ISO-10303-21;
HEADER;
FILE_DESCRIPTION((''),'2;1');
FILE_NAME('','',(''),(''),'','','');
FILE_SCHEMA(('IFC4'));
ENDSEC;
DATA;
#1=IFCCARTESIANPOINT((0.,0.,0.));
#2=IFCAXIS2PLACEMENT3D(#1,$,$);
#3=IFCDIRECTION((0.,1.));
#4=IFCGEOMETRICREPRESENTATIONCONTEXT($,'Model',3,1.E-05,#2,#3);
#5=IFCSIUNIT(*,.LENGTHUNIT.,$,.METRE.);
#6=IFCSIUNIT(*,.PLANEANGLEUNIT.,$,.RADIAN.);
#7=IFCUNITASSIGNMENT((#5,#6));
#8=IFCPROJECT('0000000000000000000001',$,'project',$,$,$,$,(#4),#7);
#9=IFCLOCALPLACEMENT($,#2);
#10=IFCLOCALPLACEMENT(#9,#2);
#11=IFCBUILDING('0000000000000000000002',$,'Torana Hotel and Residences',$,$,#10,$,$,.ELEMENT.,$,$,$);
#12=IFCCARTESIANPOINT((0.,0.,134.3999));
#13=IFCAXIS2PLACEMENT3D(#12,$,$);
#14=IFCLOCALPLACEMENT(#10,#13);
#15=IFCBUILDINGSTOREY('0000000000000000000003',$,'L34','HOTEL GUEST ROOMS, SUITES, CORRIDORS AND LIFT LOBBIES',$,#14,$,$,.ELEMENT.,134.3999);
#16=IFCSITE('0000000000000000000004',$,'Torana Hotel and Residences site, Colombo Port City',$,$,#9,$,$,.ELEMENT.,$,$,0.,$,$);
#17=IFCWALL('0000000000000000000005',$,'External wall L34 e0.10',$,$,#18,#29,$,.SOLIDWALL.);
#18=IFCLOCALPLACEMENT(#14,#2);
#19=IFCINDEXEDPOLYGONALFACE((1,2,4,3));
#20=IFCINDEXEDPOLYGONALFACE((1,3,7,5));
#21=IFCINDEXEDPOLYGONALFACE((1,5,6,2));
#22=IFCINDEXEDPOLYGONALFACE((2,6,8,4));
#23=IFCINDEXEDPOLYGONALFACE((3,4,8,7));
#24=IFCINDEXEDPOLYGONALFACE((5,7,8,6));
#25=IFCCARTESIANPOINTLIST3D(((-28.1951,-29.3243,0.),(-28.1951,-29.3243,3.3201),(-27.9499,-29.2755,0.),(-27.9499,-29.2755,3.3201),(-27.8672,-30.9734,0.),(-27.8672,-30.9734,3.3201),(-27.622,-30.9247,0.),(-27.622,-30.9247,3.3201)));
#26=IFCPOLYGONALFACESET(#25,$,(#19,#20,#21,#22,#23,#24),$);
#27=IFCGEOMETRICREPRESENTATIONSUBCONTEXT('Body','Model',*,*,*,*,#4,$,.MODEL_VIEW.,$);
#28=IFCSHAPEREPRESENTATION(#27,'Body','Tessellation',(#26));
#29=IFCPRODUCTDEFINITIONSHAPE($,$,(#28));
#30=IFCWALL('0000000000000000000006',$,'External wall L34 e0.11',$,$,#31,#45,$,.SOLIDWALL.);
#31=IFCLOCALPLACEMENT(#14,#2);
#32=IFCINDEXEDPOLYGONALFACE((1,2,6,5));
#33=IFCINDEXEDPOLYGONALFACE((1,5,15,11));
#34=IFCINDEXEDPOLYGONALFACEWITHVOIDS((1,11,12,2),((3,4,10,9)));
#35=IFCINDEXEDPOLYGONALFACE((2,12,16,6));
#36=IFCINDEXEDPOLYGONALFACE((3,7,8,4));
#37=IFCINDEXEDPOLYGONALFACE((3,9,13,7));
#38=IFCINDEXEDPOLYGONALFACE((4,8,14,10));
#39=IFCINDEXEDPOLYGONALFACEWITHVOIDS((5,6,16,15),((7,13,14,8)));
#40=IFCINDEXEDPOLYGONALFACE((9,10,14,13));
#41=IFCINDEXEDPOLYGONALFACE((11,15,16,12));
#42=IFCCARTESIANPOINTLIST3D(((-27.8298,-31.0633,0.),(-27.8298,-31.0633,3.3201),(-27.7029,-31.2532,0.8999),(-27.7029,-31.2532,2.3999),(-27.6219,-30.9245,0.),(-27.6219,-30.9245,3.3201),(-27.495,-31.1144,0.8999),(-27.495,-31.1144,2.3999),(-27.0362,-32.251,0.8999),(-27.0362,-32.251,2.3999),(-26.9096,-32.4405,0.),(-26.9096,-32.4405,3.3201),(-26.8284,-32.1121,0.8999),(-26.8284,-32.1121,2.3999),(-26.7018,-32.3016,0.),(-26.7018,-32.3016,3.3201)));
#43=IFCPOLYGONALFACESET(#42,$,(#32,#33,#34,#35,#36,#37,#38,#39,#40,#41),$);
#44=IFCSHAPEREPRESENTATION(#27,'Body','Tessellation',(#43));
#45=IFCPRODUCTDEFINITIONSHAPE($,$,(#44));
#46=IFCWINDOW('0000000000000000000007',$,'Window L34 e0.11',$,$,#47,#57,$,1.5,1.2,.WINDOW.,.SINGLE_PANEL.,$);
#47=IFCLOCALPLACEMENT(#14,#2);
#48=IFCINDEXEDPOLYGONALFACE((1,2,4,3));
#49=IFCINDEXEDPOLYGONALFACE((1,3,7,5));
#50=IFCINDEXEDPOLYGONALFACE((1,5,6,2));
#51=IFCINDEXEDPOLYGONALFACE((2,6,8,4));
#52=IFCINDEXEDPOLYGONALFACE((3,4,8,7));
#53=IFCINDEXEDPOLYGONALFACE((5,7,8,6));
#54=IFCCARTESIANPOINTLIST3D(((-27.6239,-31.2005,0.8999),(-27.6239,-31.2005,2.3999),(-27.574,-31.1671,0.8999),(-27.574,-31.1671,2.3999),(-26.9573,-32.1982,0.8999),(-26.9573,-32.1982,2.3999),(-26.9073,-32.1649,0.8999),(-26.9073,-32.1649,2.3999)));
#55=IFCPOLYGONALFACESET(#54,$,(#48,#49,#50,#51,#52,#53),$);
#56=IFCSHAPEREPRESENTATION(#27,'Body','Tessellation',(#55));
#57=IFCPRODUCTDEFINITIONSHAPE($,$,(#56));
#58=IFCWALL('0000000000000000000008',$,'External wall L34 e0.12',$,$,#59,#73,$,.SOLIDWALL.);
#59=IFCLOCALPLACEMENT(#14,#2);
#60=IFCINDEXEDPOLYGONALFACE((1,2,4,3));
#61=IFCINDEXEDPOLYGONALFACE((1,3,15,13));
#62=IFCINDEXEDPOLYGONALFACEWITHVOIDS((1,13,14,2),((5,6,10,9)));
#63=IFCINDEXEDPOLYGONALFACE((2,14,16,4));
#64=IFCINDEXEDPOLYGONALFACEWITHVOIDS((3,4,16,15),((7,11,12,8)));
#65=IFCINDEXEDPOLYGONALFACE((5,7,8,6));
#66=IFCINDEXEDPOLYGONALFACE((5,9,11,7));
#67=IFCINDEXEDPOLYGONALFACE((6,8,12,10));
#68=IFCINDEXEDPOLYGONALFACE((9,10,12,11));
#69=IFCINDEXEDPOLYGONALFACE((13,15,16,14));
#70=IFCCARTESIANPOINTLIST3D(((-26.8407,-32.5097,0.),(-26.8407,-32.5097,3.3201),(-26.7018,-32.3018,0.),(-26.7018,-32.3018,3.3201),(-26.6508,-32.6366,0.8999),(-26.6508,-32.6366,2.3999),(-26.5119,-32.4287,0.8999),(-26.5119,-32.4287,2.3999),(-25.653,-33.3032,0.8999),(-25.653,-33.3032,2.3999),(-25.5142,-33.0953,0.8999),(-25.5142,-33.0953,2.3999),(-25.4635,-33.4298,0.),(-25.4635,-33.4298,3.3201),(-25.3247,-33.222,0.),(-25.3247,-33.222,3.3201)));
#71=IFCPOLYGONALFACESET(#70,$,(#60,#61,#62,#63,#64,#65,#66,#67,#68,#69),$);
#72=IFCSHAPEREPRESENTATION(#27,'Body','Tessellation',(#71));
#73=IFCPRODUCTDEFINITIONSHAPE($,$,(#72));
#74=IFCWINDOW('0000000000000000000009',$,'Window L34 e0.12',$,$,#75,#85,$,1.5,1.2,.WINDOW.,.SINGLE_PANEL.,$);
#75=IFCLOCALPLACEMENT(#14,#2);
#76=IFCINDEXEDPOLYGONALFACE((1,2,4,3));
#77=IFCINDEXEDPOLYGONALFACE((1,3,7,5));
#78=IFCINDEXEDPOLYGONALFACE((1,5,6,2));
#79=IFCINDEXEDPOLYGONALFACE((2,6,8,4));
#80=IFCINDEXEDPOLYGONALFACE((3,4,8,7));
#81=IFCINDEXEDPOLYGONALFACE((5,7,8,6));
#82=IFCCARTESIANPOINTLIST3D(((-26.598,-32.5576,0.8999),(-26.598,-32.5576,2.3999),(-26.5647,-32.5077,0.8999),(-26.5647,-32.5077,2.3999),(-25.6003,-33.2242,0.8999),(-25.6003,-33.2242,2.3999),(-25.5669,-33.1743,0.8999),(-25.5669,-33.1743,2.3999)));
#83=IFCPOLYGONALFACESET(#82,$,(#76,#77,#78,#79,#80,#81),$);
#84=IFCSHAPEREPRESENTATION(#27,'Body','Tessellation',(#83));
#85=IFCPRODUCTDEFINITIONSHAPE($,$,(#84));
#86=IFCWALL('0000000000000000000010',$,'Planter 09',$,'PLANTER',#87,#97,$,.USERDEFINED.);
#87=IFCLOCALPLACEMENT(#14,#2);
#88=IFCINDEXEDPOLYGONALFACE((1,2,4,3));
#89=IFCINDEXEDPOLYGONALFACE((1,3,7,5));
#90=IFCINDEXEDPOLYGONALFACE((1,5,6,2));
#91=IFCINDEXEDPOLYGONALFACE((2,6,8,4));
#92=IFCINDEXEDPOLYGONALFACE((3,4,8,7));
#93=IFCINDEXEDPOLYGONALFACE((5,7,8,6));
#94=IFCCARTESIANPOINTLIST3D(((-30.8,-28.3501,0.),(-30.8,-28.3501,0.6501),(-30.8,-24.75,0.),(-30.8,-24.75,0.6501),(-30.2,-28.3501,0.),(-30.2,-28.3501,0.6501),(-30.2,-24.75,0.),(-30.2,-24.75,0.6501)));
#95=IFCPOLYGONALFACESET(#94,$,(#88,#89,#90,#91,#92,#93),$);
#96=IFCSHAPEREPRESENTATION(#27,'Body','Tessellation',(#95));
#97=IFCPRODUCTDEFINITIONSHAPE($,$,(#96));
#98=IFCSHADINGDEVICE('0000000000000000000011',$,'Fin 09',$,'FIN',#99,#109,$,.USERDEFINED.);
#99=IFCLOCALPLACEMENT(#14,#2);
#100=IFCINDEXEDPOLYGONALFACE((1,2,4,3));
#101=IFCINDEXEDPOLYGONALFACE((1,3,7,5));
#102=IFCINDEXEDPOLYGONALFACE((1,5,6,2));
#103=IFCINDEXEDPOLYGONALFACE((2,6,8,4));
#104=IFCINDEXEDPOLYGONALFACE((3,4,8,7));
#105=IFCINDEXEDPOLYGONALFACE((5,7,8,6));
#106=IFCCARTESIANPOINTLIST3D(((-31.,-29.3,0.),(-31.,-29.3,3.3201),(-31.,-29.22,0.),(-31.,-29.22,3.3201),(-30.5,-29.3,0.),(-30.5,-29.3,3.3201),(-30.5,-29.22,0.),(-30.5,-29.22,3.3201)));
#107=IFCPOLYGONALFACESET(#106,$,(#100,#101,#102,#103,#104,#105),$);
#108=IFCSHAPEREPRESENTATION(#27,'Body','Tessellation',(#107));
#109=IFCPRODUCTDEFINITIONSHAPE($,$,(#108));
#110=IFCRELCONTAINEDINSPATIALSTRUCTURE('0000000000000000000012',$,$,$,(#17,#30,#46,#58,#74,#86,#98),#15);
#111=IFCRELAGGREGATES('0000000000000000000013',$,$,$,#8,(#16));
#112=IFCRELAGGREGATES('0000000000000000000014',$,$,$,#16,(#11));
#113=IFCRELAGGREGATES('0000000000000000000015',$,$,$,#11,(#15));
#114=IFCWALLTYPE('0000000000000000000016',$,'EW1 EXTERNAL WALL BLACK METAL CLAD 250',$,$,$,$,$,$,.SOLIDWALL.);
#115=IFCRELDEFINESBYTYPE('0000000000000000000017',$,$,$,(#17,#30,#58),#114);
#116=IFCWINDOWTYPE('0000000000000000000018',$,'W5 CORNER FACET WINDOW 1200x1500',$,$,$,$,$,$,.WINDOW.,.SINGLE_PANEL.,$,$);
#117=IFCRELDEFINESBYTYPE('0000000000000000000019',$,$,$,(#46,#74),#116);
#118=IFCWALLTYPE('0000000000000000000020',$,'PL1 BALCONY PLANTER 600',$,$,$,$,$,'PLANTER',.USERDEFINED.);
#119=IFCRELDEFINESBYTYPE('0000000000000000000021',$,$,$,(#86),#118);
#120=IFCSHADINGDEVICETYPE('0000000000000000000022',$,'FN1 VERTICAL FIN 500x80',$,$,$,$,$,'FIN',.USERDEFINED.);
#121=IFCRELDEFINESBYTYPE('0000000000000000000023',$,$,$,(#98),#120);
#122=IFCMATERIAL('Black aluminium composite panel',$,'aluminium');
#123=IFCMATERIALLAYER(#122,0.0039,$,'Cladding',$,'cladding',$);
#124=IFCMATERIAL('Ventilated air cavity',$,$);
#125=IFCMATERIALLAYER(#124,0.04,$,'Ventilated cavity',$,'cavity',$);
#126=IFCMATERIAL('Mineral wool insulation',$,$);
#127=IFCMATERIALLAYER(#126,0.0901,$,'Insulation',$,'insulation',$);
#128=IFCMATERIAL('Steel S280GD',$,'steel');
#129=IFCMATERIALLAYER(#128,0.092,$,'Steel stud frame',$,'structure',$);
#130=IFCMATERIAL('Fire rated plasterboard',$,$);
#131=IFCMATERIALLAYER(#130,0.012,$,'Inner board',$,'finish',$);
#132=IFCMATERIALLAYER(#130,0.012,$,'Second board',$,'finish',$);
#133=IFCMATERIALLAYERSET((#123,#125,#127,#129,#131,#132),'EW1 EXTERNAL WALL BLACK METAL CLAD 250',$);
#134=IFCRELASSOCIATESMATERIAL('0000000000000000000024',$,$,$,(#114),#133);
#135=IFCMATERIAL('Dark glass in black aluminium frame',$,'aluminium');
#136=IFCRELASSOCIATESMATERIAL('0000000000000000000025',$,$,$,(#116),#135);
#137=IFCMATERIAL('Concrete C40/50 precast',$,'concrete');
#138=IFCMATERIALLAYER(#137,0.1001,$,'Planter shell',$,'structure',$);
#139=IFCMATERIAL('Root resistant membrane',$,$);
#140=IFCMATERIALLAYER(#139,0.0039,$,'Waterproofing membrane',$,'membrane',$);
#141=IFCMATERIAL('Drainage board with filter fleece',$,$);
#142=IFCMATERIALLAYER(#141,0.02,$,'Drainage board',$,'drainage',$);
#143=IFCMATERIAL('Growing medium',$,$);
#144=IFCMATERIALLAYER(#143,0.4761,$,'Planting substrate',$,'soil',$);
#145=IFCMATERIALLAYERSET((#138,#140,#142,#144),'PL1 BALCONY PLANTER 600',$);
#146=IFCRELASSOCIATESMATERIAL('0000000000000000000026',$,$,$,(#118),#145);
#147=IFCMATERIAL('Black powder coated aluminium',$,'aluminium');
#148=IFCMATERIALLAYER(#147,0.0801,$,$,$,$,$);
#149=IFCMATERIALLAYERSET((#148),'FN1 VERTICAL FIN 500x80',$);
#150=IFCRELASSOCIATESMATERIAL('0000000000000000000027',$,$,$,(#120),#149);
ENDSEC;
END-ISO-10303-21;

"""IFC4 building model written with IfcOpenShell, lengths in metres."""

from ifc_helpers import new_model, si_unit, direction, frame, frame_2d, origin, origin_2d, place, context, subcontext, project, spatial, rectangle, extrude, material, layer, layer_set, type_object, element, fill, save


model = new_model("IFC4")

# Units and contexts
model_context = context("Model", 3, precision=1e-05, world=origin(), true_north=direction((0.0, 1.0)))
body_context = subcontext(model_context, "Body", "Model", "MODEL_VIEW")
ifc_project = project(units=[si_unit("LENGTHUNIT", "METRE"), si_unit("PLANEANGLEUNIT", "RADIAN")], contexts=[model_context])

# Site, building, storey
site_placement = place(None, origin())
site = spatial("IfcSite", under=ifc_project, at=site_placement, Name="Torana Hotel and Residences site, Colombo Port City", CompositionType="ELEMENT", RefElevation=0.0)
building_placement = place(site_placement, origin())
building = spatial("IfcBuilding", under=site, at=building_placement, Name="Torana Hotel and Residences", CompositionType="ELEMENT")
storey_placement = place(building_placement, frame((0.0, 0.0, 134.3999)))
storey = spatial("IfcBuildingStorey", under=building, at=storey_placement, Name="L34", Description="HOTEL GUEST ROOMS, SUITES, CORRIDORS AND LIFT LOBBIES", CompositionType="ELEMENT", Elevation=134.3999)

# Wall
ifc_material_1 = material(Name="Black aluminium composite panel", Category="aluminium")
ifc_layer_1 = layer(ifc_material_1, 0.0039, Name="Cladding", Category="cladding")
ifc_material_2 = material(Name="Ventilated air cavity")
ifc_layer_2 = layer(ifc_material_2, 0.04, Name="Ventilated cavity", Category="cavity")
ifc_material_3 = material(Name="Mineral wool insulation")
ifc_layer_3 = layer(ifc_material_3, 0.0901, Name="Insulation", Category="insulation")
ifc_material_4 = material(Name="Steel S280GD", Category="steel")
ifc_layer_4 = layer(ifc_material_4, 0.092, Name="Steel stud frame", Category="structure")
ifc_material_5 = material(Name="Fire rated plasterboard")
ifc_layer_5 = layer(ifc_material_5, 0.012, Name="Inner board", Category="finish")
ifc_layer_6 = layer(ifc_material_5, 0.012, Name="Second board", Category="finish")
ifc_layer_set_1 = layer_set([ifc_layer_1, ifc_layer_2, ifc_layer_3, ifc_layer_4, ifc_layer_5, ifc_layer_6], Name="EW1 EXTERNAL WALL BLACK METAL CLAD 250")
wall_type_1 = type_object("IfcWallType", Name="EW1 EXTERNAL WALL BLACK METAL CLAD 250", PredefinedType="SOLIDWALL", material=ifc_layer_set_1)
wall_1_placement = place(storey_placement, frame((-28.0725, -29.2998, 0.0), z_axis=(0.0, 0.0, 1.0), x_axis=(0.194999, -0.980803, 0.0)))
element("IfcWall", 1, at=wall_1_placement, inside=storey, type_object=wall_type_1, Name="External wall L34 e0.10", PredefinedType="SOLIDWALL", context=body_context, shape_type="SweptSolid", body=[
    extrude(rectangle(XDim=1.6814, YDim=0.25, at=frame_2d((0.8408, 0.0))), origin(), (0.0, 0.0, 1.0), 3.3201),
])

# Walls, openings, windows
wall_2_placement = place(storey_placement, frame((-27.7258, -30.9939, 0.0), z_axis=(0.0, 0.0, 1.0), x_axis=(0.55555, -0.831483, 0.0)))
wall_2 = element("IfcWall", 2, at=wall_2_placement, inside=storey, type_object=wall_type_1, Name="External wall L34 e0.11", PredefinedType="SOLIDWALL", context=body_context, shape_type="SweptSolid", body=[
    extrude(rectangle(XDim=1.6562, YDim=0.25, at=frame_2d((0.8281, 0.0))), origin(), (0.0, 0.0, 1.0), 3.3201),
])
opening_1_placement = place(wall_2_placement, frame((0.2283, 0.0, 0.8999)))
opening_1 = element("IfcOpeningElement", 3, at=opening_1_placement, cuts=wall_2, PredefinedType="OPENING", context=body_context, shape_type="SweptSolid", body=[
    extrude(rectangle(XDim=1.2, YDim=1.5, at=frame_2d((0.6001, 0.75))), frame((0.0, 0.135, 0.0), z_axis=(0.0, -1.0, 0.0), x_axis=(1.0, 0.0, 0.0)), (0.0, 0.0, 1.0), 0.27),
])
ifc_material_6 = material(Name="Dark glass in black aluminium frame", Category="aluminium")
window_type = type_object("IfcWindowType", Name="W5 CORNER FACET WINDOW 1200x1500", PartitioningType="SINGLE_PANEL", PredefinedType="WINDOW", material=ifc_material_6)
window_1_placement = place(opening_1_placement, origin())
window_1 = element("IfcWindow", 4, at=window_1_placement, inside=storey, type_object=window_type, Name="Window L34 e0.11", OverallHeight=1.5, OverallWidth=1.2, PartitioningType="SINGLE_PANEL", PredefinedType="WINDOW", context=body_context, shape_type="SweptSolid", body=[
    extrude(rectangle(XDim=1.2, YDim=1.5, at=frame_2d((0.6001, 0.75))), frame((0.0, 0.03, 0.0), z_axis=(0.0, -1.0, 0.0), x_axis=(1.0, 0.0, 0.0)), (0.0, 0.0, 1.0), 0.0601),
])
fill(opening_1, window_1)
wall_3_placement = place(storey_placement, frame((-26.7712, -32.4058, 0.0), z_axis=(0.0, 0.0, 1.0), x_axis=(0.831483, -0.55555, 0.0)))
wall_3 = element("IfcWall", 5, at=wall_3_placement, inside=storey, type_object=wall_type_1, Name="External wall L34 e0.12", PredefinedType="SOLIDWALL", context=body_context, shape_type="SweptSolid", body=[
    extrude(rectangle(XDim=1.6562, YDim=0.25, at=frame_2d((0.8281, 0.0))), origin(), (0.0, 0.0, 1.0), 3.3201),
])
opening_2_placement = place(wall_3_placement, frame((0.2283, 0.0, 0.8999)))
opening_2 = element("IfcOpeningElement", 6, at=opening_2_placement, cuts=wall_3, PredefinedType="OPENING", context=body_context, shape_type="SweptSolid", body=[
    extrude(rectangle(XDim=1.2, YDim=1.5, at=frame_2d((0.6001, 0.75))), frame((0.0, 0.135, 0.0), z_axis=(0.0, -1.0, 0.0), x_axis=(1.0, 0.0, 0.0)), (0.0, 0.0, 1.0), 0.27),
])
window_2_placement = place(opening_2_placement, origin())
window_2 = element("IfcWindow", 7, at=window_2_placement, inside=storey, type_object=window_type, Name="Window L34 e0.12", OverallHeight=1.5, OverallWidth=1.2, PartitioningType="SINGLE_PANEL", PredefinedType="WINDOW", context=body_context, shape_type="SweptSolid", body=[
    extrude(rectangle(XDim=1.2, YDim=1.5, at=frame_2d((0.6001, 0.75))), frame((0.0, 0.03, 0.0), z_axis=(0.0, -1.0, 0.0), x_axis=(1.0, 0.0, 0.0)), (0.0, 0.0, 1.0), 0.0601),
])
fill(opening_2, window_2)

# Wall
ifc_material_7 = material(Name="Concrete C40/50 precast", Category="concrete")
ifc_layer_7 = layer(ifc_material_7, 0.1001, Name="Planter shell", Category="structure")
ifc_material_8 = material(Name="Root resistant membrane")
ifc_layer_8 = layer(ifc_material_8, 0.0039, Name="Waterproofing membrane", Category="membrane")
ifc_material_9 = material(Name="Drainage board with filter fleece")
ifc_layer_9 = layer(ifc_material_9, 0.02, Name="Drainage board", Category="drainage")
ifc_material_10 = material(Name="Growing medium")
ifc_layer_10 = layer(ifc_material_10, 0.4761, Name="Planting substrate", Category="soil")
ifc_layer_set_2 = layer_set([ifc_layer_7, ifc_layer_8, ifc_layer_9, ifc_layer_10], Name="PL1 BALCONY PLANTER 600")
wall_type_2 = type_object("IfcWallType", Name="PL1 BALCONY PLANTER 600", ElementType="PLANTER", PredefinedType="USERDEFINED", material=ifc_layer_set_2)
wall_4_placement = place(storey_placement, frame((-30.5, -28.3501, 0.0), z_axis=(0.0, 0.0, 1.0), x_axis=(0.0, 1.0, 0.0)))
element("IfcWall", 8, at=wall_4_placement, inside=storey, type_object=wall_type_2, Name="Planter 09", ObjectType="PLANTER", PredefinedType="USERDEFINED", context=body_context, shape_type="SweptSolid", body=[
    extrude(rectangle(XDim=3.6001, YDim=0.6001, at=frame_2d((1.8, 0.0))), origin(), (0.0, 0.0, 1.0), 0.6501),
])

# Shading device
ifc_material_11 = material(Name="Black powder coated aluminium", Category="aluminium")
ifc_layer_11 = layer(ifc_material_11, 0.0801)
ifc_layer_set_3 = layer_set([ifc_layer_11], Name="FN1 VERTICAL FIN 500x80")
shading_device_type = type_object("IfcShadingDeviceType", Name="FN1 VERTICAL FIN 500x80", ElementType="FIN", PredefinedType="USERDEFINED", material=ifc_layer_set_3)
shading_device_placement = place(storey_placement, frame((-30.75, -29.26, 0.0), z_axis=(0.0, 0.0, 1.0), x_axis=(0.0, 1.0, 0.0)))
element("IfcShadingDevice", 9, at=shading_device_placement, inside=storey, type_object=shading_device_type, Name="Fin 09", ObjectType="FIN", PredefinedType="USERDEFINED", context=body_context, shape_type="SweptSolid", body=[
    extrude(rectangle(XDim=0.0801, YDim=0.5, at=origin_2d()), origin(), (0.0, 0.0, 1.0), 3.3201),
])

save(model, "model.ifc")
